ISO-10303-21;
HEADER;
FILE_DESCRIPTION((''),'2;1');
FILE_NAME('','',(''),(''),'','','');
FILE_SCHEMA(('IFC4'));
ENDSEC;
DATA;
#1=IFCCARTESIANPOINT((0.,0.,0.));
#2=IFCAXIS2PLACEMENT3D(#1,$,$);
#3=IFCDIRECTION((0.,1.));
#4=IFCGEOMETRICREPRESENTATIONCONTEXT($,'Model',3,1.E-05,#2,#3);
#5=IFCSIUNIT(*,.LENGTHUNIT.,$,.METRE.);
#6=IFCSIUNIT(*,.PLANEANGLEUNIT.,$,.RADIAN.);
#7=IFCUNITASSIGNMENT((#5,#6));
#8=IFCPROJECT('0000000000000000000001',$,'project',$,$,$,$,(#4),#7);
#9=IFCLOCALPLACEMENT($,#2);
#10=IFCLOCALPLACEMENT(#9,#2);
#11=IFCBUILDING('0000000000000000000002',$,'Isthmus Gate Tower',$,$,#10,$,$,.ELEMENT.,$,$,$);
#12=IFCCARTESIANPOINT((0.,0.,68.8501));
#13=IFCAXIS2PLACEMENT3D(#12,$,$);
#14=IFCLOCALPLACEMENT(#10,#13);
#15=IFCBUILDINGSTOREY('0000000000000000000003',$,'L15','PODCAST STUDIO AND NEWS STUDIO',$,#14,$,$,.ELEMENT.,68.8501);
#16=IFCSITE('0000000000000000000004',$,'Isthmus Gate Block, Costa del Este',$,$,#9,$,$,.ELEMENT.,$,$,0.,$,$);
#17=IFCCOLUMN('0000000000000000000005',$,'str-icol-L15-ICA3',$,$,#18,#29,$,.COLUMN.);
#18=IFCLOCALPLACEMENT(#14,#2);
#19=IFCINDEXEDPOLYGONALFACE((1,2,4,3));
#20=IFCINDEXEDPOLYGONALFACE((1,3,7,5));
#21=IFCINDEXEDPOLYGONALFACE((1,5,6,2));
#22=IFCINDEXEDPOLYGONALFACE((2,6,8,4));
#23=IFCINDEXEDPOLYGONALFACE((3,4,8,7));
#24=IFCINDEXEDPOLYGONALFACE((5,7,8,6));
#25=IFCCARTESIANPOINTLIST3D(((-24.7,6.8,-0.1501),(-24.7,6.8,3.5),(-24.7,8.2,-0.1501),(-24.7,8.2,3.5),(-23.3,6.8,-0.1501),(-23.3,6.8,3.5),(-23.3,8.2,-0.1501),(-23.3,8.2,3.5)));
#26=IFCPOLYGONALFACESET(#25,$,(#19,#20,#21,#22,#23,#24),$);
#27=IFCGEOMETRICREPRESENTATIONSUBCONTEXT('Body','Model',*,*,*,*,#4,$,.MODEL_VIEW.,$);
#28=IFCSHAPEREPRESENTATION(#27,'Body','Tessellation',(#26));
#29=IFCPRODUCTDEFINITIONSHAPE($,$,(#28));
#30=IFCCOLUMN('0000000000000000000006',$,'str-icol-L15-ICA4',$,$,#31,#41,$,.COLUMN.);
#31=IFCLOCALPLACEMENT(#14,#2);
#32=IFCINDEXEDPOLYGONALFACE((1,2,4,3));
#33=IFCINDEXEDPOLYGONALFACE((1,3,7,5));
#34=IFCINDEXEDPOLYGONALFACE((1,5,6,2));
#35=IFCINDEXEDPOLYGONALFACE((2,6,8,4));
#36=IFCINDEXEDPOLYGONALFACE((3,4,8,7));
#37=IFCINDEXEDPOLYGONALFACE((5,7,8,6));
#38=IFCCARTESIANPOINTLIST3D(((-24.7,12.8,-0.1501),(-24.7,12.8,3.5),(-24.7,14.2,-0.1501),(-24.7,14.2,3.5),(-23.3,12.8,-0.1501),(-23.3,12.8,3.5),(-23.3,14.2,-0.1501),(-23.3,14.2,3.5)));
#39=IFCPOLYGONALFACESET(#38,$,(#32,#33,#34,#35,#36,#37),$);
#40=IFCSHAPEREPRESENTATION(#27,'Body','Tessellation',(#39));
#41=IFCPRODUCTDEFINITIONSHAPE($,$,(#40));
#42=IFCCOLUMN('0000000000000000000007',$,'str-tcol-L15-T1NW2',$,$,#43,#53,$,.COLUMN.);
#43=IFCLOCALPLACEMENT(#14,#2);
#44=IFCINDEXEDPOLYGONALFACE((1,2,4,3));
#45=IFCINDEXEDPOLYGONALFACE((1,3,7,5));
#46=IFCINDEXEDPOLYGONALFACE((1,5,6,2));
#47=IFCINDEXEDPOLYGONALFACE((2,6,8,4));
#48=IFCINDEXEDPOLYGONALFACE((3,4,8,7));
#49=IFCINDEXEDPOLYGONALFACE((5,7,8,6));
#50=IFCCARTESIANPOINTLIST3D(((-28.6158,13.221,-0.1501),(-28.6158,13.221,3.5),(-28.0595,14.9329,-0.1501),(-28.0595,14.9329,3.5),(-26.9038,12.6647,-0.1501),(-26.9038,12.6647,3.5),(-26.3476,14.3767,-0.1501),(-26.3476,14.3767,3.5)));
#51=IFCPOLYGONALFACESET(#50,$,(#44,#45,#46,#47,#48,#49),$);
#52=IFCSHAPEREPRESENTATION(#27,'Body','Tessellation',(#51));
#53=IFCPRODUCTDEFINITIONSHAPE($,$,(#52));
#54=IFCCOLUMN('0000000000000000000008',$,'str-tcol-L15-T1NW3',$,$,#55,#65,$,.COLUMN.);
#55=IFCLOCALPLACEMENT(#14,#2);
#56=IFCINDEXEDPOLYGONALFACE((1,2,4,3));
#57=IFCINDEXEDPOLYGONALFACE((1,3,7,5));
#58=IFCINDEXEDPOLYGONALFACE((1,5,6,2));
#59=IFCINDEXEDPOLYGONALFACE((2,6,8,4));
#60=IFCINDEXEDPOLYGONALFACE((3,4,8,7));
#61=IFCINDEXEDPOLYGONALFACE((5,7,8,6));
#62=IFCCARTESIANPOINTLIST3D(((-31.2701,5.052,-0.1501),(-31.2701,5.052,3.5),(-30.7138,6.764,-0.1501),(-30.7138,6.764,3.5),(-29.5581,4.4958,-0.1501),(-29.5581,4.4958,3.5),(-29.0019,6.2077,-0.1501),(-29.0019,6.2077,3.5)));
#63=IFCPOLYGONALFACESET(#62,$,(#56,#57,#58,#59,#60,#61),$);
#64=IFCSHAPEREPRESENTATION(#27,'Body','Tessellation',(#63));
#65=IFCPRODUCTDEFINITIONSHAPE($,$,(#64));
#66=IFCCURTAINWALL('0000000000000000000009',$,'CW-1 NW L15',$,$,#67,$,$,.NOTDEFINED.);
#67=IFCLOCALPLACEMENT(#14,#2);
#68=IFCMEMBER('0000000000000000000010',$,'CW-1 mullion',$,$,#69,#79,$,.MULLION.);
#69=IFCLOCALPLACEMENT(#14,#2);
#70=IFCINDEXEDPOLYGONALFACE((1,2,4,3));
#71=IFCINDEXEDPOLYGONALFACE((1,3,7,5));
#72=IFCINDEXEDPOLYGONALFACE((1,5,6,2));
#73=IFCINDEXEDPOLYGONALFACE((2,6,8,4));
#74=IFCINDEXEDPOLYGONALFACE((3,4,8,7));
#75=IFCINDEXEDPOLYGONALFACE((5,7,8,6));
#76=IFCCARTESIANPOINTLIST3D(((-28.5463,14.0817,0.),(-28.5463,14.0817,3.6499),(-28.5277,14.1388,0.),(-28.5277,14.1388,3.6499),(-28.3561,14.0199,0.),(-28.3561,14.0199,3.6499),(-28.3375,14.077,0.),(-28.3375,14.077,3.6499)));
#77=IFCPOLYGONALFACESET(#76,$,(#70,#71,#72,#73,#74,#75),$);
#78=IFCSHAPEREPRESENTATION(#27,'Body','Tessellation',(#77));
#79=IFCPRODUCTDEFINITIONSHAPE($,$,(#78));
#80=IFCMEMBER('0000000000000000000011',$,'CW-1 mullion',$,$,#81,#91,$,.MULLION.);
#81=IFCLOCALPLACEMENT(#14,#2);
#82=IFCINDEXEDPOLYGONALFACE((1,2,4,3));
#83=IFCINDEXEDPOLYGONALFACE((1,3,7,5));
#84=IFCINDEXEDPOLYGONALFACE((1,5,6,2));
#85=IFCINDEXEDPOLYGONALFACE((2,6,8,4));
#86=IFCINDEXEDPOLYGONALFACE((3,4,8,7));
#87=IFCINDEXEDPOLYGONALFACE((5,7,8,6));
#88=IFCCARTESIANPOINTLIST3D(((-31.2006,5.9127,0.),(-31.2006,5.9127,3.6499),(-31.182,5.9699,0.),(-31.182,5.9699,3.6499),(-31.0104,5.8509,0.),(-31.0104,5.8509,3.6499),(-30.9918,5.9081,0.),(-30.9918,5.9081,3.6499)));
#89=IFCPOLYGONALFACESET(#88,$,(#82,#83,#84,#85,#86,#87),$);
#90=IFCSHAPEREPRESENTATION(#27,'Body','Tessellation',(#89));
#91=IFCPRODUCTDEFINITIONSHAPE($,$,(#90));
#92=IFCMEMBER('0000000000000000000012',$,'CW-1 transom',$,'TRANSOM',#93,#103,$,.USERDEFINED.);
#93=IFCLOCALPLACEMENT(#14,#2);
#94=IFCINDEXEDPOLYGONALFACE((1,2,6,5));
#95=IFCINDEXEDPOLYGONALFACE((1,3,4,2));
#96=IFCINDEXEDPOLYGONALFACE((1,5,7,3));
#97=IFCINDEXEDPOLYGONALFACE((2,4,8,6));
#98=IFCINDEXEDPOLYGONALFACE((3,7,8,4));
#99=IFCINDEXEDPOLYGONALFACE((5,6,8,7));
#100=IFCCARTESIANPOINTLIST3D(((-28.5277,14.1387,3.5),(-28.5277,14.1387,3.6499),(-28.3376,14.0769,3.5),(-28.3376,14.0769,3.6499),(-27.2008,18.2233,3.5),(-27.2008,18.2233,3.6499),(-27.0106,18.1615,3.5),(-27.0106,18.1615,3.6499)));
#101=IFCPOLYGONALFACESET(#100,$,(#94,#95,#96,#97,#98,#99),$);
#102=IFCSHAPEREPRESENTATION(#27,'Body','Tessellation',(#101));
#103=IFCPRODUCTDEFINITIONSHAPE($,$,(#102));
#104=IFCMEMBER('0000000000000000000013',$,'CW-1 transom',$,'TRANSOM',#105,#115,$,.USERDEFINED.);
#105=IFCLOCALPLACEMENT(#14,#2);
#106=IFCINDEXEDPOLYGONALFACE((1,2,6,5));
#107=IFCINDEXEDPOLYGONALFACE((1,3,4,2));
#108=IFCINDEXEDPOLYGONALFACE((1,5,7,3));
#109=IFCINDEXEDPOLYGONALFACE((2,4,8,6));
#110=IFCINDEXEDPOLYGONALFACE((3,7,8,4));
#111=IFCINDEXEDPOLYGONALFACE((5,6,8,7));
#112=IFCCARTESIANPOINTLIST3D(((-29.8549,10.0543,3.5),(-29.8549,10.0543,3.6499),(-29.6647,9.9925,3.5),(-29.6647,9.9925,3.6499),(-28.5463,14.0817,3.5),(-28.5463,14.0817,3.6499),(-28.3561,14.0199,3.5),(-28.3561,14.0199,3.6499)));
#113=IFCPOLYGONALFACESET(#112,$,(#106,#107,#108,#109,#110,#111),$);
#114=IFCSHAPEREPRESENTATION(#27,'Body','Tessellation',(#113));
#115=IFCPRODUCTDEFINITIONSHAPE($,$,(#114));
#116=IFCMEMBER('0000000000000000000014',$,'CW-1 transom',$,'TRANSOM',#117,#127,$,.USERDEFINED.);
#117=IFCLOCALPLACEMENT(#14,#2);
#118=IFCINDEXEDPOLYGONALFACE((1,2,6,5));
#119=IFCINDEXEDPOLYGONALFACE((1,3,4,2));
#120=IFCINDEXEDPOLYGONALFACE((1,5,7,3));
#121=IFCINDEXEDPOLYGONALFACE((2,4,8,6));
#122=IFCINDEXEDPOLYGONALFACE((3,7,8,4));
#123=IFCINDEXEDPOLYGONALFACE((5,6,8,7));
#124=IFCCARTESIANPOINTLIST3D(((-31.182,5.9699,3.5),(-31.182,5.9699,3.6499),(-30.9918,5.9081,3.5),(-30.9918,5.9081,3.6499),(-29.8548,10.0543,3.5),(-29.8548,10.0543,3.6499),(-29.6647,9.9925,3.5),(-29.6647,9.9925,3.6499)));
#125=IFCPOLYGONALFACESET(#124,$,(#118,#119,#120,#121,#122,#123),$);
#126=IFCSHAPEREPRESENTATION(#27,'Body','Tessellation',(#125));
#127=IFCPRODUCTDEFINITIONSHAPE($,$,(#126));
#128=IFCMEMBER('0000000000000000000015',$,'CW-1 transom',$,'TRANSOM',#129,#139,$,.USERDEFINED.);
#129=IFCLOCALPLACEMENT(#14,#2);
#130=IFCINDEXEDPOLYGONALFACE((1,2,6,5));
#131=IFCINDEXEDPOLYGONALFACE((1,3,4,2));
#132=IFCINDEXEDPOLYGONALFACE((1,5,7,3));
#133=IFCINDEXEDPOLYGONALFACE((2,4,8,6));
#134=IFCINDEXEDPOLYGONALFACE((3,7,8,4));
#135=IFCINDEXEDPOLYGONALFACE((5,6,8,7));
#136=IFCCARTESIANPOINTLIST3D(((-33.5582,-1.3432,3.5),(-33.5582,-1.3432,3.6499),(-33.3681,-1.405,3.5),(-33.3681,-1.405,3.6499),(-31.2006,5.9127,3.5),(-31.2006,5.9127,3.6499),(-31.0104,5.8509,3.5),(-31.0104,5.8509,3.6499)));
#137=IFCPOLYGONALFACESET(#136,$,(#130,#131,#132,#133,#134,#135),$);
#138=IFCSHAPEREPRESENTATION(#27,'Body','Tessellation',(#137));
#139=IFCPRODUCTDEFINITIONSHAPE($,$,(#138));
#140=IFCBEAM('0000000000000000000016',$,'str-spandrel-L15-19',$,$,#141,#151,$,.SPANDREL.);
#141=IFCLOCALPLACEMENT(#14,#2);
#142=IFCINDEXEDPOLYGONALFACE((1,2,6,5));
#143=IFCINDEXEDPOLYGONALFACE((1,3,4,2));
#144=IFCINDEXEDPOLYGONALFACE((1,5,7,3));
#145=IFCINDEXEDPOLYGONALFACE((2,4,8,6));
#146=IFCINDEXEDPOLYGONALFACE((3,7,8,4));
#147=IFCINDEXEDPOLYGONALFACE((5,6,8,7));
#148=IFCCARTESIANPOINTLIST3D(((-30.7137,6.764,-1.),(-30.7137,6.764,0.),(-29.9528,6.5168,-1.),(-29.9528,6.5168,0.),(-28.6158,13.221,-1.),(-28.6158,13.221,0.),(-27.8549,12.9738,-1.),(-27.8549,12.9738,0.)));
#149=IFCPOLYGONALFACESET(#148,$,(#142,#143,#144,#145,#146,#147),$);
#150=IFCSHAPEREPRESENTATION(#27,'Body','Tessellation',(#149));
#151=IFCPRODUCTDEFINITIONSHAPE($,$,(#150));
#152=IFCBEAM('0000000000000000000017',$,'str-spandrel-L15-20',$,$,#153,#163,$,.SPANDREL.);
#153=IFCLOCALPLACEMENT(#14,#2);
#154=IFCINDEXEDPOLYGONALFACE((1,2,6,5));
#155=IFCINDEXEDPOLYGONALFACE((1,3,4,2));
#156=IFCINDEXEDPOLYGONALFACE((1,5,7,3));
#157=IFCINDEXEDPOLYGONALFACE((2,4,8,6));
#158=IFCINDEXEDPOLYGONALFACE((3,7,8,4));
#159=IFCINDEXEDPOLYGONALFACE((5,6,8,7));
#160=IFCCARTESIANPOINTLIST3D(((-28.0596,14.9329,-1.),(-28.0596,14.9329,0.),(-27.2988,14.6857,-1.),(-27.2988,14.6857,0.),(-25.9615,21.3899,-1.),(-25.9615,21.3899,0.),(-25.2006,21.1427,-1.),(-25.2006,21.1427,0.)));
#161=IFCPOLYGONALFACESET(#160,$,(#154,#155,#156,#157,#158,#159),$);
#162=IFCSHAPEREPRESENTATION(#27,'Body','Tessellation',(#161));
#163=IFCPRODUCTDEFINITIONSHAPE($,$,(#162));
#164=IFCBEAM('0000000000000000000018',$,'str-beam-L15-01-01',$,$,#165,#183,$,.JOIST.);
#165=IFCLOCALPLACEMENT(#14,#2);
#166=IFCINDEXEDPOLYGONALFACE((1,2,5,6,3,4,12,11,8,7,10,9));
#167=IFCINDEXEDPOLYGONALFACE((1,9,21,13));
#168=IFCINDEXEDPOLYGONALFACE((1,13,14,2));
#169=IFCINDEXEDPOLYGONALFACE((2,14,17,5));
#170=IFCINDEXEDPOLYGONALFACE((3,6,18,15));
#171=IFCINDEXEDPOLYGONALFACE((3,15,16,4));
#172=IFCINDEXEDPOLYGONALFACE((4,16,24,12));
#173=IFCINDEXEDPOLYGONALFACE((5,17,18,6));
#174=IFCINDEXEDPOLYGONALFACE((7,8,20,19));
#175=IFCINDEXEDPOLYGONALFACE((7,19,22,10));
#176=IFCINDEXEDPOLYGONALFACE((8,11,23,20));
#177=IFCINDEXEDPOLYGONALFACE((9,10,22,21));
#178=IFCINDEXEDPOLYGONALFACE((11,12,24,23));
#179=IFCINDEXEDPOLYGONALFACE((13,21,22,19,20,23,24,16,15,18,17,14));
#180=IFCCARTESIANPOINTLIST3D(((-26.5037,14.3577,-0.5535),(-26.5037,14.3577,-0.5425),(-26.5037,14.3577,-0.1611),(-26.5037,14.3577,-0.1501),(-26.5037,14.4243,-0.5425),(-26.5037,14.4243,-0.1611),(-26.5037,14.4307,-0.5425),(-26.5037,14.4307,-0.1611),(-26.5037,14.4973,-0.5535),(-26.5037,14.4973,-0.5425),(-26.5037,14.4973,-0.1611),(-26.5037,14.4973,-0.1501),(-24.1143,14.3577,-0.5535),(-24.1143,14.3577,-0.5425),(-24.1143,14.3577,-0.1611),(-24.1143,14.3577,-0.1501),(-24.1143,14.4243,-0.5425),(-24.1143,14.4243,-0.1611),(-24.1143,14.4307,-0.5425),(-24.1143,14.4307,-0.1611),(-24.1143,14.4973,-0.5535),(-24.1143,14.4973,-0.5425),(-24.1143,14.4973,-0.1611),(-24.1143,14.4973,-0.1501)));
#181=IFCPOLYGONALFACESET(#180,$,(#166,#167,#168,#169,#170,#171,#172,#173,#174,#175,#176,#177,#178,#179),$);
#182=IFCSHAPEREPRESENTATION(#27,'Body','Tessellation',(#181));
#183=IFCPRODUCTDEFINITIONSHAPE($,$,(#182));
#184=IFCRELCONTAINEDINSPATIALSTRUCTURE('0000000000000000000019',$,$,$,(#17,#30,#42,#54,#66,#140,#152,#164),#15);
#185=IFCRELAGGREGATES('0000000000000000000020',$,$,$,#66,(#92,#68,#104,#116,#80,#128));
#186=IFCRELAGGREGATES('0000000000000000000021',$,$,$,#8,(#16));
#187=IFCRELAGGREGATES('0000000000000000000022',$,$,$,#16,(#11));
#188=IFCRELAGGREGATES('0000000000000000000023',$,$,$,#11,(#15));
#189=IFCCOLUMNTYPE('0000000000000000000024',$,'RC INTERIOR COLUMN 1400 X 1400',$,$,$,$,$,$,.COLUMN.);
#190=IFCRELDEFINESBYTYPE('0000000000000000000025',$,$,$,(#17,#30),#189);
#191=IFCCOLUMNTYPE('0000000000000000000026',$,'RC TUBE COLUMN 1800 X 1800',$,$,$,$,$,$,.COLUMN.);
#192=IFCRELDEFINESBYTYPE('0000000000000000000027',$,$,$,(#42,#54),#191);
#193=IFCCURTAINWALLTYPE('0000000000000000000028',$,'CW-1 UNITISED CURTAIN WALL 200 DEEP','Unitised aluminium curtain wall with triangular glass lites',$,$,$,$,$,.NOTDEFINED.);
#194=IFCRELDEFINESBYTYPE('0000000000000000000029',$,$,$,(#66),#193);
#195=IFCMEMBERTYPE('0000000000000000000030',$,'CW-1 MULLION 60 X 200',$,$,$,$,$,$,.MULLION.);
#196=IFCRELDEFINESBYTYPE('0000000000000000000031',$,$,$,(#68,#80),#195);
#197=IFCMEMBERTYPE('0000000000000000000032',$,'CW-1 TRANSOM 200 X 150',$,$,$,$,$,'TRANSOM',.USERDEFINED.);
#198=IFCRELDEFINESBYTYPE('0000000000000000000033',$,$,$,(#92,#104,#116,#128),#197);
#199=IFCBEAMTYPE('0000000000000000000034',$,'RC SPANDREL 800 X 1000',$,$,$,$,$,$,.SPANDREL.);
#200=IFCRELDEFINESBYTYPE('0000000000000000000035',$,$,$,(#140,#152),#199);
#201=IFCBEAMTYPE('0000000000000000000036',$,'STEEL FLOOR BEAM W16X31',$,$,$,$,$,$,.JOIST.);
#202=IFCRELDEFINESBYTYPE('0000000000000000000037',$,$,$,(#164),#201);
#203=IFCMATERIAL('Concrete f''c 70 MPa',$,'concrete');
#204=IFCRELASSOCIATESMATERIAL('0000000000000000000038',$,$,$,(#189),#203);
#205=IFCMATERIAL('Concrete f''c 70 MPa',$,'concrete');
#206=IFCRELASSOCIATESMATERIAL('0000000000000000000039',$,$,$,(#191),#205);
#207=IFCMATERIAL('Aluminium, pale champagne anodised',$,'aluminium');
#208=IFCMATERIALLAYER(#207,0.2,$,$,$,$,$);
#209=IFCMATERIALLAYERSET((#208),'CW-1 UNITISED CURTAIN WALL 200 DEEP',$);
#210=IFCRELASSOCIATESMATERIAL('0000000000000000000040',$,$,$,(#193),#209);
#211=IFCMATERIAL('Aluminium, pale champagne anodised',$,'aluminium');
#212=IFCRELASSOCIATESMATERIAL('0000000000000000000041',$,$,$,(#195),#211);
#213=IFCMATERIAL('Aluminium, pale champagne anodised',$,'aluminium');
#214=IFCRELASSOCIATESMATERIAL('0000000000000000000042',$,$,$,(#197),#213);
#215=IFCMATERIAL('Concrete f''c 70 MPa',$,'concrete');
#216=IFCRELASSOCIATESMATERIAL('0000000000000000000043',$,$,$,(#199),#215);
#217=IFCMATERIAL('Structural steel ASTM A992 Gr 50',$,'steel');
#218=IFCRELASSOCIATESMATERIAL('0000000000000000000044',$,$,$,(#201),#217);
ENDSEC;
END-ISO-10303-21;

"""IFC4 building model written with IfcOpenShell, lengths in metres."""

from ifc_helpers import new_model, si_unit, direction, frame, origin, origin_2d, place, context, subcontext, project, spatial, rectangle, i_section, extrude, material, layer, layer_set, material_profile, profile_set, type_object, element, aggregate, save


model = new_model("IFC4")

# Units and contexts
model_context = context("Model", 3, precision=1e-05, world=origin(), true_north=direction((0.0, 1.0)))
body_context = subcontext(model_context, "Body", "Model", "MODEL_VIEW")
ifc_project = project(units=[si_unit("LENGTHUNIT", "METRE"), si_unit("PLANEANGLEUNIT", "RADIAN")], contexts=[model_context])

# Site, building, storey
site_placement = place(None, origin())
site = spatial("IfcSite", under=ifc_project, at=site_placement, Name="Isthmus Gate Block, Costa del Este", CompositionType="ELEMENT", RefElevation=0.0)
building_placement = place(site_placement, origin())
building = spatial("IfcBuilding", under=site, at=building_placement, Name="Isthmus Gate Tower", CompositionType="ELEMENT")
storey_placement = place(building_placement, frame((0.0, 0.0, 68.8501)))
storey = spatial("IfcBuildingStorey", under=building, at=storey_placement, Name="L15", Description="PODCAST STUDIO AND NEWS STUDIO", CompositionType="ELEMENT", Elevation=68.8501)

# Columns
ifc_material_1 = material(Name="Concrete f'c 70 MPa", Category="concrete")
ifc_material_profile_1 = material_profile(ifc_material_1, rectangle(XDim=1.3999, YDim=1.3999, at=origin_2d()), Name="RC 1400X1400")
ifc_profile_set_1 = profile_set([ifc_material_profile_1], Name="Concrete f'c 70 MPa")
column_type_1 = type_object("IfcColumnType", Name="RC INTERIOR COLUMN 1400 X 1400", PredefinedType="COLUMN", material=ifc_profile_set_1)
for number, where, z_axis, x_axis, name in (
    (1, (-24.0, 7.5, -0.1501), (0.0, 0.0, 1.0), (1.0, 0.0, 0.0), "str-icol-L15-ICA3"),
    (2, (-24.0, 13.5, -0.1501), (0.0, 0.0, 1.0), (1.0, 0.0, 0.0), "str-icol-L15-ICA4"),
):
    element("IfcColumn", number, at=place(storey_placement, frame(where, z_axis=z_axis, x_axis=x_axis)), inside=storey, type_object=column_type_1, Name=name, PredefinedType="COLUMN", context=body_context, shape_type="SweptSolid", body=[
        extrude(rectangle(XDim=1.3999, YDim=1.3999, at=origin_2d()), origin(), (0.0, 0.0, 1.0), 3.6501),
    ])
ifc_material_2 = material(Name="Concrete f'c 70 MPa", Category="concrete")
ifc_material_profile_2 = material_profile(ifc_material_2, rectangle(XDim=1.8, YDim=1.8, at=origin_2d()), Name="RC 1800X1800")
ifc_profile_set_2 = profile_set([ifc_material_profile_2], Name="Concrete f'c 70 MPa")
column_type_2 = type_object("IfcColumnType", Name="RC TUBE COLUMN 1800 X 1800", PredefinedType="COLUMN", material=ifc_profile_set_2)
for number, where, z_axis, x_axis, name in (
    (3, (-27.4817, 13.7988, -0.1501), (0.0, 0.0, 1.0), (-0.309017, -0.951057, 0.0), "str-tcol-L15-T1NW2"),
    (4, (-30.136, 5.6299, -0.1501), (0.0, 0.0, 1.0), (-0.309017, -0.951057, 0.0), "str-tcol-L15-T1NW3"),
):
    element("IfcColumn", number, at=place(storey_placement, frame(where, z_axis=z_axis, x_axis=x_axis)), inside=storey, type_object=column_type_2, Name=name, PredefinedType="COLUMN", context=body_context, shape_type="SweptSolid", body=[
        extrude(rectangle(XDim=1.8, YDim=1.8, at=origin_2d()), origin(), (0.0, 0.0, 1.0), 3.6501),
    ])

# Curtain wall, members
ifc_material_3 = material(Name="Aluminium, pale champagne anodised", Category="aluminium")
ifc_layer_1 = layer(ifc_material_3, 0.2)
ifc_layer_set_1 = layer_set([ifc_layer_1], Name="CW-1 UNITISED CURTAIN WALL 200 DEEP")
curtain_wall_type = type_object("IfcCurtainWallType", Name="CW-1 UNITISED CURTAIN WALL 200 DEEP", Description="Unitised aluminium curtain wall with triangular glass lites", PredefinedType="NOTDEFINED", material=ifc_layer_set_1)
curtain_wall_placement = place(storey_placement, origin())
curtain_wall = element("IfcCurtainWall", 5, at=curtain_wall_placement, inside=storey, type_object=curtain_wall_type, Name="CW-1 NW L15", PredefinedType="NOTDEFINED")
ifc_material_4 = material(Name="Aluminium, pale champagne anodised", Category="aluminium")
ifc_material_profile_3 = material_profile(ifc_material_4, rectangle(XDim=0.0601, YDim=0.2, at=origin_2d()), Name="60x200")
ifc_profile_set_3 = profile_set([ifc_material_profile_3], Name="Aluminium, pale champagne anodised")
member_type_1 = type_object("IfcMemberType", Name="CW-1 MULLION 60 X 200", PredefinedType="MULLION", material=ifc_profile_set_3)
member_1_placement = place(storey_placement, frame((-28.4419, 14.0793, 0.0), z_axis=(0.0, 0.0, 1.0), x_axis=(-0.309017, -0.951057, 0.0)))
member_1 = element("IfcMember", 6, at=member_1_placement, type_object=member_type_1, Name="CW-1 mullion", PredefinedType="MULLION", context=body_context, shape_type="SweptSolid", body=[
    extrude(rectangle(XDim=0.0601, YDim=0.2, at=origin_2d()), origin(), (0.0, 0.0, 1.0), 3.6499),
])
member_2_placement = place(storey_placement, frame((-31.0962, 5.9104, 0.0), z_axis=(0.0, 0.0, 1.0), x_axis=(-0.309017, -0.951057, 0.0)))
member_2 = element("IfcMember", 7, at=member_2_placement, type_object=member_type_1, Name="CW-1 mullion", PredefinedType="MULLION", context=body_context, shape_type="SweptSolid", body=[
    extrude(rectangle(XDim=0.0601, YDim=0.2, at=origin_2d()), origin(), (0.0, 0.0, 1.0), 3.6499),
])
ifc_material_5 = material(Name="Aluminium, pale champagne anodised", Category="aluminium")
ifc_material_profile_4 = material_profile(ifc_material_5, rectangle(XDim=0.2, YDim=0.1499, at=origin_2d()), Name="200x150")
ifc_profile_set_4 = profile_set([ifc_material_profile_4], Name="Aluminium, pale champagne anodised")
member_type_2 = type_object("IfcMemberType", Name="CW-1 TRANSOM 200 X 150", ElementType="TRANSOM", PredefinedType="USERDEFINED", material=ifc_profile_set_4)
member_3_placement = place(storey_placement, frame((-27.1057, 18.1924, 3.575), z_axis=(-0.30897, -0.951072, 0.0), x_axis=(0.951072, -0.30897, 0.0)))
member_3 = element("IfcMember", 8, at=member_3_placement, type_object=member_type_2, Name="CW-1 transom", ObjectType="TRANSOM", PredefinedType="USERDEFINED", context=body_context, shape_type="SweptSolid", body=[
    extrude(rectangle(XDim=0.2, YDim=0.1499, at=origin_2d()), origin(), (0.0, 0.0, 1.0), 4.2947),
])
member_4_placement = place(storey_placement, frame((-28.4512, 14.0508, 3.575), z_axis=(-0.309023, -0.951054, 0.0), x_axis=(0.951054, -0.309023, 0.0)))
member_4 = element("IfcMember", 9, at=member_4_placement, type_object=member_type_2, Name="CW-1 transom", ObjectType="TRANSOM", PredefinedType="USERDEFINED", context=body_context, shape_type="SweptSolid", body=[
    extrude(rectangle(XDim=0.2, YDim=0.1499, at=origin_2d()), origin(), (0.0, 0.0, 1.0), 4.2346),
])
member_5_placement = place(storey_placement, frame((-29.7598, 10.0234, 3.575), z_axis=(-0.309022, -0.951055, 0.0), x_axis=(0.951055, -0.309022, 0.0)))
member_5 = element("IfcMember", 10, at=member_5_placement, type_object=member_type_2, Name="CW-1 transom", ObjectType="TRANSOM", PredefinedType="USERDEFINED", context=body_context, shape_type="SweptSolid", body=[
    extrude(rectangle(XDim=0.2, YDim=0.1499, at=origin_2d()), origin(), (0.0, 0.0, 1.0), 4.2947),
])
member_6_placement = place(storey_placement, frame((-31.1055, 5.8818, 3.575), z_axis=(-0.309028, -0.951053, 0.0), x_axis=(0.951053, -0.309028, 0.0)))
member_6 = element("IfcMember", 11, at=member_6_placement, type_object=member_type_2, Name="CW-1 transom", ObjectType="TRANSOM", PredefinedType="USERDEFINED", context=body_context, shape_type="SweptSolid", body=[
    extrude(rectangle(XDim=0.2, YDim=0.1499, at=origin_2d()), origin(), (0.0, 0.0, 1.0), 7.6294),
])

# Beams
ifc_material_6 = material(Name="Concrete f'c 70 MPa", Category="concrete")
ifc_material_profile_5 = material_profile(ifc_material_6, rectangle(XDim=0.8, YDim=1.0, at=origin_2d()), Name="RC 800X1000")
ifc_profile_set_5 = profile_set([ifc_material_profile_5], Name="Concrete f'c 70 MPa")
beam_type_1 = type_object("IfcBeamType", Name="RC SPANDREL 800 X 1000", PredefinedType="SPANDREL", material=ifc_profile_set_5)
for number, where, z_axis, x_axis, name in (
    (12, (-30.3333, 6.6404, -0.5), (0.309002, 0.951062, 0.0), (-0.951062, 0.309002, 0.0), "str-spandrel-L15-19"),
    (13, (-27.6792, 14.8093, -0.5), (0.309034, 0.951051, 0.0), (-0.951051, 0.309034, 0.0), "str-spandrel-L15-20"),
):
    element("IfcBeam", number, at=place(storey_placement, frame(where, z_axis=z_axis, x_axis=x_axis)), inside=storey, type_object=beam_type_1, Name=name, PredefinedType="SPANDREL", context=body_context, shape_type="SweptSolid", body=[
        extrude(rectangle(XDim=0.8, YDim=1.0, at=origin_2d()), origin(), (0.0, 0.0, 1.0), 6.7893),
    ])
ifc_material_7 = material(Name="Structural steel ASTM A992 Gr 50", Category="steel")
ifc_material_profile_6 = material_profile(ifc_material_7, i_section(OverallWidth=0.1396, OverallDepth=0.4033, WebThickness=0.0063, FlangeThickness=0.011, at=origin_2d()), Name="W16X31")
ifc_profile_set_6 = profile_set([ifc_material_profile_6], Name="Structural steel ASTM A992 Gr 50")
beam_type_2 = type_object("IfcBeamType", Name="STEEL FLOOR BEAM W16X31", PredefinedType="JOIST", material=ifc_profile_set_6)
beam_1_placement = place(storey_placement, frame((-26.5037, 14.4275, -0.3518), z_axis=(1.0, 0.0, 0.0), x_axis=(0.0, 1.0, 0.0)))
element("IfcBeam", 14, at=beam_1_placement, inside=storey, type_object=beam_type_2, Name="str-beam-L15-01-01", PredefinedType="JOIST", context=body_context, shape_type="SweptSolid", body=[
    extrude(i_section(OverallWidth=0.1396, OverallDepth=0.4033, WebThickness=0.0063, FlangeThickness=0.011, at=origin_2d()), origin(), (0.0, 0.0, 1.0), 2.3894),
])

aggregate(curtain_wall, [member_3, member_1, member_4, member_5, member_2, member_6])

save(model, "model.ifc")
